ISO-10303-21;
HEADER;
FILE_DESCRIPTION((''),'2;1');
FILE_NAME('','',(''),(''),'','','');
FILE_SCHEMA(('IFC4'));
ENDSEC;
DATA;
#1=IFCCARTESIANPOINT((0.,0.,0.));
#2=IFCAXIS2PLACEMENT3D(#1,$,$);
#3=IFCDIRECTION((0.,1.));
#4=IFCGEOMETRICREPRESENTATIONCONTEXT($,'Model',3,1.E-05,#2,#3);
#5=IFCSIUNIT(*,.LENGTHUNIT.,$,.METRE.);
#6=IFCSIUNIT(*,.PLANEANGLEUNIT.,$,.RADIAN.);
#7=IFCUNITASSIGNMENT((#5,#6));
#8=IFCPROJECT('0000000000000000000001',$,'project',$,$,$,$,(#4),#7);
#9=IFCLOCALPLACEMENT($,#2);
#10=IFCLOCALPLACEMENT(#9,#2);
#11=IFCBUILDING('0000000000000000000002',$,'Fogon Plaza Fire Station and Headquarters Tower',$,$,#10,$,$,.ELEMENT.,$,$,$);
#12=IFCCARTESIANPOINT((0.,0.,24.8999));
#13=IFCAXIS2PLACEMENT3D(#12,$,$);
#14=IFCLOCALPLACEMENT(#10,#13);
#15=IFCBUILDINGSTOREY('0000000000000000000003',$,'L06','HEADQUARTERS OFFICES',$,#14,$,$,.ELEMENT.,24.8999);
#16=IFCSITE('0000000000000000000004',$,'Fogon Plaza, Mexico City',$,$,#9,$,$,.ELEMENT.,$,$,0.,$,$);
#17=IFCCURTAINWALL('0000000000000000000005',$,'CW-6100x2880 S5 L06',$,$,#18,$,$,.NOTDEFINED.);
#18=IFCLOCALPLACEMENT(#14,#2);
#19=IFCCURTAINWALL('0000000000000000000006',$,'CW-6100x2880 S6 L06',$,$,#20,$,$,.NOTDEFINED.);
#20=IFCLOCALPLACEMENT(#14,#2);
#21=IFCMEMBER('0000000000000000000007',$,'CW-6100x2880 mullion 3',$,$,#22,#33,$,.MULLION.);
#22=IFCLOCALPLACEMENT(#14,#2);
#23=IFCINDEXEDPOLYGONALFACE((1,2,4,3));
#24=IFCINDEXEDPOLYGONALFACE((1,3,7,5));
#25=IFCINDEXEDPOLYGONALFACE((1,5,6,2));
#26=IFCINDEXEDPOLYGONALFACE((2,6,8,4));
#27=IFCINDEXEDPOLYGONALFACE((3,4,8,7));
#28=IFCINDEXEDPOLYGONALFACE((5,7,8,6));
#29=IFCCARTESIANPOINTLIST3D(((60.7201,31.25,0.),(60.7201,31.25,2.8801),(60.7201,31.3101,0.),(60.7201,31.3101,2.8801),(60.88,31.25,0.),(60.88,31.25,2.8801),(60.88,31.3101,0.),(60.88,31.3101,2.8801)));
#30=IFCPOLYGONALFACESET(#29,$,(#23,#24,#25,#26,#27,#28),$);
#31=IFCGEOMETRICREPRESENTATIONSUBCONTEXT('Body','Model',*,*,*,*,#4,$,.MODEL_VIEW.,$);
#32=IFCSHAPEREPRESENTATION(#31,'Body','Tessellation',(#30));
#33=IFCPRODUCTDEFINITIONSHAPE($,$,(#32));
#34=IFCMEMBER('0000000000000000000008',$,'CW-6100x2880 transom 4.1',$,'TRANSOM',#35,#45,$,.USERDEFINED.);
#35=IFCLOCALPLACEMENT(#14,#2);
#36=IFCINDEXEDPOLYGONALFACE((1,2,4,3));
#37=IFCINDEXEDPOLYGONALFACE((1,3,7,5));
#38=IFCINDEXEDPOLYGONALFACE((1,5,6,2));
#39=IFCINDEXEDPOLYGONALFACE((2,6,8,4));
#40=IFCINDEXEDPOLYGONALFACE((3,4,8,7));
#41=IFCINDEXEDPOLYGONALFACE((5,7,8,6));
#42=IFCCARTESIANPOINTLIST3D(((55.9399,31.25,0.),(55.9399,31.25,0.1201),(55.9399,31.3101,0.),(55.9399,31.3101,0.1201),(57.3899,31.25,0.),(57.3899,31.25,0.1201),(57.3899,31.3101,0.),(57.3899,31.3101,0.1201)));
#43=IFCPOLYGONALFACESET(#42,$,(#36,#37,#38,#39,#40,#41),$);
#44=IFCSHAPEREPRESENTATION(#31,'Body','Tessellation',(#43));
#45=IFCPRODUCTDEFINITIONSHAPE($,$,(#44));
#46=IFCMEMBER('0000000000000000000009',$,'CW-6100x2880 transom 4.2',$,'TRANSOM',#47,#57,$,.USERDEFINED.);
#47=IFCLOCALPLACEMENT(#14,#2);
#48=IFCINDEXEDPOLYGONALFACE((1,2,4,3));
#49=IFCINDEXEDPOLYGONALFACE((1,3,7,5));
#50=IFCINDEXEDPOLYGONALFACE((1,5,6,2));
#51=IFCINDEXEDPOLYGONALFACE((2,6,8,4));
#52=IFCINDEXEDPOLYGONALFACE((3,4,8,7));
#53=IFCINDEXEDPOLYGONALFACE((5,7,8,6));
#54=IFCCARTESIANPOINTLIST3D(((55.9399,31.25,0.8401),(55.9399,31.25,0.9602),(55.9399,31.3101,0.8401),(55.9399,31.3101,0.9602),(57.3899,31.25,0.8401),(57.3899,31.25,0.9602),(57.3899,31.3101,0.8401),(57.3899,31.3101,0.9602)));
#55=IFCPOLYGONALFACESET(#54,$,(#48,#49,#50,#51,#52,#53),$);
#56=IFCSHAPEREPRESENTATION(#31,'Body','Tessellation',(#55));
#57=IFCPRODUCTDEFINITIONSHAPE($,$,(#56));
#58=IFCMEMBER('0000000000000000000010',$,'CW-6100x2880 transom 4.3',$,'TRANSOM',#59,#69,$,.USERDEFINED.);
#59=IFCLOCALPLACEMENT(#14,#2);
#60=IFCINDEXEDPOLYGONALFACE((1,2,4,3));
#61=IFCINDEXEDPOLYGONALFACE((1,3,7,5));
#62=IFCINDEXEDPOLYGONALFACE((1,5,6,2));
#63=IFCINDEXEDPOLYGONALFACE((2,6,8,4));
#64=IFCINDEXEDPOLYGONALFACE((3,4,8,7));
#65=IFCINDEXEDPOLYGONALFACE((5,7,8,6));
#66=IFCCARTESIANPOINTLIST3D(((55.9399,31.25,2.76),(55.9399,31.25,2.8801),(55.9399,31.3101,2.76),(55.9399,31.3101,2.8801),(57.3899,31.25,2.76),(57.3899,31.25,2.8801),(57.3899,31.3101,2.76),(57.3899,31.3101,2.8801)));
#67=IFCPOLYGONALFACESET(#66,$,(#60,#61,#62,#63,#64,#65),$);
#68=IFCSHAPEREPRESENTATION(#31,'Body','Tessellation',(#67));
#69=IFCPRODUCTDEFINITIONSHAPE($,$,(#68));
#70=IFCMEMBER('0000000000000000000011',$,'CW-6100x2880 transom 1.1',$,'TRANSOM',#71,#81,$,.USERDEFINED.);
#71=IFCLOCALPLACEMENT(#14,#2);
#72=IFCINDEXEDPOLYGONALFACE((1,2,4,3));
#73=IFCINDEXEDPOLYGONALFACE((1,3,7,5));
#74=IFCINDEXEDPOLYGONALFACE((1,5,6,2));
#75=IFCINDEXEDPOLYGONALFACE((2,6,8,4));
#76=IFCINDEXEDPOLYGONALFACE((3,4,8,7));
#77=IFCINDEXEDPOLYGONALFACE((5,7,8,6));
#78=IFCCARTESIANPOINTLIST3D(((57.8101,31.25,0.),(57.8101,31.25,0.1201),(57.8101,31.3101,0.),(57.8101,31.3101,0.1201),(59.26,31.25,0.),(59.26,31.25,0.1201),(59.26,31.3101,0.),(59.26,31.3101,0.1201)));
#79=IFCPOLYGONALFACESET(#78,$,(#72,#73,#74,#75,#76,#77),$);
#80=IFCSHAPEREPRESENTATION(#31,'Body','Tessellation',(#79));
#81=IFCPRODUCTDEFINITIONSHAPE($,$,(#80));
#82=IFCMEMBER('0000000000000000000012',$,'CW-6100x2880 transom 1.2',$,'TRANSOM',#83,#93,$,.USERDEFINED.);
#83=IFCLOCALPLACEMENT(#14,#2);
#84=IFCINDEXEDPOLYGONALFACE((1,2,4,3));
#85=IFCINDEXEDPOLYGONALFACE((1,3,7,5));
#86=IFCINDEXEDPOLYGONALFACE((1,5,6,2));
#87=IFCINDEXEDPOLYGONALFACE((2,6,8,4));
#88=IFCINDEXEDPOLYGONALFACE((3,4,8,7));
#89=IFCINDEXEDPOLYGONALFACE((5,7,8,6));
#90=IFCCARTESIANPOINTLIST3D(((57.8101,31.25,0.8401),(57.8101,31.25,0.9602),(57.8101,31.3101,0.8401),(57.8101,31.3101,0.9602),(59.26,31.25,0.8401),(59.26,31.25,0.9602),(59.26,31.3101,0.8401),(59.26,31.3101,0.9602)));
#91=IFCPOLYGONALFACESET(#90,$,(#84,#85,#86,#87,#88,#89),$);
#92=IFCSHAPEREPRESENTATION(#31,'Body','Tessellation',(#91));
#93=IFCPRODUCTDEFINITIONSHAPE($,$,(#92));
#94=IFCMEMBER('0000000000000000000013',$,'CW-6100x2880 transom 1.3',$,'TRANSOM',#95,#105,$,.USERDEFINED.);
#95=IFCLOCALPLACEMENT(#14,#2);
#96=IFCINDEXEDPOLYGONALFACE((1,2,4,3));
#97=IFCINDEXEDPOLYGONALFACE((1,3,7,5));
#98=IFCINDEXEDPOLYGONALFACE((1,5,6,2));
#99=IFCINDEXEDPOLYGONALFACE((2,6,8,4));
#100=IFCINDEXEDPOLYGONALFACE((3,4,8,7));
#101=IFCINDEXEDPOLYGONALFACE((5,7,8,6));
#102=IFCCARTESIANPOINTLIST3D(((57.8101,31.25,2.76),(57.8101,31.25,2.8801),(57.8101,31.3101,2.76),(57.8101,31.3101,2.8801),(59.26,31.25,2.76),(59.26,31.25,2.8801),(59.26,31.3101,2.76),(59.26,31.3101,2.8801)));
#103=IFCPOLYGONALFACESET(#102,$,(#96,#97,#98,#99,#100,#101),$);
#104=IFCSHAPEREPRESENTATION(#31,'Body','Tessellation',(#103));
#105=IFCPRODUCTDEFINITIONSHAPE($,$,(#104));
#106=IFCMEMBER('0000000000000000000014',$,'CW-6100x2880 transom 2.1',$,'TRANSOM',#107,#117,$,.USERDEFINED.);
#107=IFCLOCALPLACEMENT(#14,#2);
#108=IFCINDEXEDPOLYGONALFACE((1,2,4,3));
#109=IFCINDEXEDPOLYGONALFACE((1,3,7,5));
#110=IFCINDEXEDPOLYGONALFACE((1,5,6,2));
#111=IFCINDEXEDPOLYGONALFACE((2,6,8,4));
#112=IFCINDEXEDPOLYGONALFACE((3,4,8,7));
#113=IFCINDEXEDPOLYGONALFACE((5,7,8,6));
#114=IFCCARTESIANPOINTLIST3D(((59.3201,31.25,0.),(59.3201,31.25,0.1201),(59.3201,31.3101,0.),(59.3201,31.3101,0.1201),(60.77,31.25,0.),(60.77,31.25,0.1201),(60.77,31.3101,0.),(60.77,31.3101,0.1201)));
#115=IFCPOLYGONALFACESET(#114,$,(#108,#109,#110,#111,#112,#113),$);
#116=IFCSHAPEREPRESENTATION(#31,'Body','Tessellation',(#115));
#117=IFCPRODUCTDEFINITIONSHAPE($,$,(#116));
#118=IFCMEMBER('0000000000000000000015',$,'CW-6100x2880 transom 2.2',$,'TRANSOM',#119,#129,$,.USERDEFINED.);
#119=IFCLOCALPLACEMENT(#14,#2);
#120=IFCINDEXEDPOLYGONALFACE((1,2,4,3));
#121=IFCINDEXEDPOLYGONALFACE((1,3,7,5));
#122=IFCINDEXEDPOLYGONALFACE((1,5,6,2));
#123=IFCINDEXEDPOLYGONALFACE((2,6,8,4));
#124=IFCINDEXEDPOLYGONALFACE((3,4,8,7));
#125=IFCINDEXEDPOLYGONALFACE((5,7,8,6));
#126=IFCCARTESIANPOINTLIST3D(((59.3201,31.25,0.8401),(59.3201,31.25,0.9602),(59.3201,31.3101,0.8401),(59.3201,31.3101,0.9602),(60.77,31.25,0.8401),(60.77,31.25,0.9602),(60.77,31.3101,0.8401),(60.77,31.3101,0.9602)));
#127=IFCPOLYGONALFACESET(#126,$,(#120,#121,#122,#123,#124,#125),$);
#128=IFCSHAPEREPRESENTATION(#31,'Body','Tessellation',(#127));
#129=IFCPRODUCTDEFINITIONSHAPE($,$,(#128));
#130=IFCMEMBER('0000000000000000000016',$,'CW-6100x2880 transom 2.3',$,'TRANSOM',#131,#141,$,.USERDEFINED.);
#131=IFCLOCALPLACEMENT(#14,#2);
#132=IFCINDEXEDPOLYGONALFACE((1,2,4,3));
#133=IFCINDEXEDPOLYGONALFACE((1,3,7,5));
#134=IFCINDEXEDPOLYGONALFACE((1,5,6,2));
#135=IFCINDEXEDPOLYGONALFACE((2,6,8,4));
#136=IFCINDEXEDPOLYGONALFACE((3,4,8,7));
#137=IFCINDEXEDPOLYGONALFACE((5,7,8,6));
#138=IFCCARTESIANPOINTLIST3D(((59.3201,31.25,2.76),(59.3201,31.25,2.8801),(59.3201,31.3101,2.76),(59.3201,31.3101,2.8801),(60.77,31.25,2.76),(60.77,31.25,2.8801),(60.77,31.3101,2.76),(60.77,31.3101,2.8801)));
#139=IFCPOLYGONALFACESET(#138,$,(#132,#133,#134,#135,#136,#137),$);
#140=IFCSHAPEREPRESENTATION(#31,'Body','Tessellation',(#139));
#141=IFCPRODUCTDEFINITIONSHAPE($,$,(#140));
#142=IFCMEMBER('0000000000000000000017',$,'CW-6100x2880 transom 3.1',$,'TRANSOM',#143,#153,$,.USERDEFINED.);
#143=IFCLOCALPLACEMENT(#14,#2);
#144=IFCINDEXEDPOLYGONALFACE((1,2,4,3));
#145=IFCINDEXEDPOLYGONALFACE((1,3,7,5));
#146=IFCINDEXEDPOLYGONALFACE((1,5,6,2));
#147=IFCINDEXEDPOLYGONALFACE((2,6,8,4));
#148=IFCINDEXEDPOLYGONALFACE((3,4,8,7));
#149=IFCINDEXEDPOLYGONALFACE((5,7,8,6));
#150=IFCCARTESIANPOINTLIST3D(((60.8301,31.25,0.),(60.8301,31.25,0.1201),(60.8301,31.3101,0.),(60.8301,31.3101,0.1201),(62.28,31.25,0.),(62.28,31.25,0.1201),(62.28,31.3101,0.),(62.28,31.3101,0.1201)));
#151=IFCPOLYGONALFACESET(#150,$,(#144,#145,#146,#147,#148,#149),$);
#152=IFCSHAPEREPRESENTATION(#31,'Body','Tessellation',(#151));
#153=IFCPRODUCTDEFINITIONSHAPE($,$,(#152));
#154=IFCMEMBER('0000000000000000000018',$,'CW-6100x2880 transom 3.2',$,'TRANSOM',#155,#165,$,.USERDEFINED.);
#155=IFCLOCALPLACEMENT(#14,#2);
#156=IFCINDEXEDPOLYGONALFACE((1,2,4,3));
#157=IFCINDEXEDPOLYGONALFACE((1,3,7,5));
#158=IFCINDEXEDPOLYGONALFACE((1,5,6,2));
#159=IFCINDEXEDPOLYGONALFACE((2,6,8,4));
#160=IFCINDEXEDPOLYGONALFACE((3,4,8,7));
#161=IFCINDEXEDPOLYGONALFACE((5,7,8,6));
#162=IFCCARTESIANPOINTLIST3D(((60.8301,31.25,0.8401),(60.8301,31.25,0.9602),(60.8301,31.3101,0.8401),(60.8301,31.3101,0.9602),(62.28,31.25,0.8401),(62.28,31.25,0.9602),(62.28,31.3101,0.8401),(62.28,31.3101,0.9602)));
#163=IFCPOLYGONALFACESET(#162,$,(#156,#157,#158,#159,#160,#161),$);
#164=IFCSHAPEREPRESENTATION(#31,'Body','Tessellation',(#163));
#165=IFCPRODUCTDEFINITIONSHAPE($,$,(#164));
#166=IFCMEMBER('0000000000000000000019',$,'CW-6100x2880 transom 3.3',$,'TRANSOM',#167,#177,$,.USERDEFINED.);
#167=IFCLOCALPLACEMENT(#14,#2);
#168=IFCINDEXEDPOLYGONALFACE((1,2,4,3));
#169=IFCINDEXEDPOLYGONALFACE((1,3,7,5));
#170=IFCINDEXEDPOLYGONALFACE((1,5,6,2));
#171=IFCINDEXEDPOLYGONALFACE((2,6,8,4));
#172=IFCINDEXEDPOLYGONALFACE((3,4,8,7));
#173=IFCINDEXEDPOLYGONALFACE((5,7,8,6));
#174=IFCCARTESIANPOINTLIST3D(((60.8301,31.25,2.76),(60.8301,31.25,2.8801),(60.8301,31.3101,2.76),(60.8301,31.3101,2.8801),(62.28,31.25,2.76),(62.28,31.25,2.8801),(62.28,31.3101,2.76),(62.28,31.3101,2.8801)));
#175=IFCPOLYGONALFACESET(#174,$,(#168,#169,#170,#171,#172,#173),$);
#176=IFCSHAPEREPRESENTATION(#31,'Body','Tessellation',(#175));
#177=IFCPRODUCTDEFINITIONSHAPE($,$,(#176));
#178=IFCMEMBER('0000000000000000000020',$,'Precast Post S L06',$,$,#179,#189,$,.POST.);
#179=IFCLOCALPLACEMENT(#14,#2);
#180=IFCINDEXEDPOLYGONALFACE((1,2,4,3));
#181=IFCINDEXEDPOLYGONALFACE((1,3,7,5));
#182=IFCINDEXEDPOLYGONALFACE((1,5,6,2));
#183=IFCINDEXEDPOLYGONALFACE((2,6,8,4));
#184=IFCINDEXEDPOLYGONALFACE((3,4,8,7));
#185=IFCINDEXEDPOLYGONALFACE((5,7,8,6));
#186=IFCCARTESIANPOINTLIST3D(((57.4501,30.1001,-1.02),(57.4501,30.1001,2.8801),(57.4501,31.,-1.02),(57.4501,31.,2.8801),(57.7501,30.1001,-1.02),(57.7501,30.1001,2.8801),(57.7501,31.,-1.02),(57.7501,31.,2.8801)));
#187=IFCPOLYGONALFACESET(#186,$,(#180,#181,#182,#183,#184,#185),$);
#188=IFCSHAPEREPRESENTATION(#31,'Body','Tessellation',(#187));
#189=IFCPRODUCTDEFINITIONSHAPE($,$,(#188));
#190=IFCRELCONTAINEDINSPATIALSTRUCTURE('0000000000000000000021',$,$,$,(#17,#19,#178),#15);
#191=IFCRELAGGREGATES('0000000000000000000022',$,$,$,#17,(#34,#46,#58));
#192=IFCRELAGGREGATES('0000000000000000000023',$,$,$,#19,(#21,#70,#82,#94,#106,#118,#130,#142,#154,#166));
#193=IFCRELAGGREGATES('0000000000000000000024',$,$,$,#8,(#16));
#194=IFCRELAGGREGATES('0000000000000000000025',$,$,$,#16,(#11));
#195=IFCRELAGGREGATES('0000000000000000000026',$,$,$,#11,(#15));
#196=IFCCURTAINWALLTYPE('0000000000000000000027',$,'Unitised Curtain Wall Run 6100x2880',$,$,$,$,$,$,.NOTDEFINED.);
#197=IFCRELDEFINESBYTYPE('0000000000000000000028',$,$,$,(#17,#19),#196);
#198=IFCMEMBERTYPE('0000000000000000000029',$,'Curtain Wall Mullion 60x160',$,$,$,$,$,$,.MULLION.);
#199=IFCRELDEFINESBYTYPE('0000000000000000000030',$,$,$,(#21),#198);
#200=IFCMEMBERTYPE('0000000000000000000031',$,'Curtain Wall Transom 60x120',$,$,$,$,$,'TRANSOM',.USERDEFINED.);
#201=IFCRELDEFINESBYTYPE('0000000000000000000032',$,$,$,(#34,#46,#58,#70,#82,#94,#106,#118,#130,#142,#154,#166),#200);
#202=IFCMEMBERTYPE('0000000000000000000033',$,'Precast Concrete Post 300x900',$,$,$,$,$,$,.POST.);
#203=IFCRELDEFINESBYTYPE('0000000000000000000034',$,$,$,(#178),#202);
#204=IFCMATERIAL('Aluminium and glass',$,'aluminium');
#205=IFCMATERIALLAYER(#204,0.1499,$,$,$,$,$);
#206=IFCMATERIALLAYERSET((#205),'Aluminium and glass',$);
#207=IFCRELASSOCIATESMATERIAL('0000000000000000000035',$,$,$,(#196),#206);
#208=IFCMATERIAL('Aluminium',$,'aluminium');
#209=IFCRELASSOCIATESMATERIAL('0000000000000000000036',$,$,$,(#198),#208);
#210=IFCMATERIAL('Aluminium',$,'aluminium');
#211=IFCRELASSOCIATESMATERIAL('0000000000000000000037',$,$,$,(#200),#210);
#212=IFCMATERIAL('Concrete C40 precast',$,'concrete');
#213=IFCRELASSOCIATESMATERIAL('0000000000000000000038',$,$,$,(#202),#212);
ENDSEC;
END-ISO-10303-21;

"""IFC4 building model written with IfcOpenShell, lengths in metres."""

from ifc_helpers import new_model, si_unit, direction, frame, origin, origin_2d, place, context, subcontext, project, spatial, rectangle, extrude, material, layer, layer_set, material_profile, profile_set, type_object, element, aggregate, save


model = new_model("IFC4")

# Units and contexts
model_context = context("Model", 3, precision=1e-05, world=origin(), true_north=direction((0.0, 1.0)))
body_context = subcontext(model_context, "Body", "Model", "MODEL_VIEW")
ifc_project = project(units=[si_unit("LENGTHUNIT", "METRE"), si_unit("PLANEANGLEUNIT", "RADIAN")], contexts=[model_context])

# Site, building, storey
site_placement = place(None, origin())
site = spatial("IfcSite", under=ifc_project, at=site_placement, Name="Fogon Plaza, Mexico City", CompositionType="ELEMENT", RefElevation=0.0)
building_placement = place(site_placement, origin())
building = spatial("IfcBuilding", under=site, at=building_placement, Name="Fogon Plaza Fire Station and Headquarters Tower", CompositionType="ELEMENT")
storey_placement = place(building_placement, frame((0.0, 0.0, 24.8999)))
storey = spatial("IfcBuildingStorey", under=building, at=storey_placement, Name="L06", Description="HEADQUARTERS OFFICES", CompositionType="ELEMENT", Elevation=24.8999)

# Curtain walls, member
ifc_material_1 = material(Name="Aluminium and glass", Category="aluminium")
ifc_layer_1 = layer(ifc_material_1, 0.1499)
ifc_layer_set_1 = layer_set([ifc_layer_1], Name="Aluminium and glass")
curtain_wall_type = type_object("IfcCurtainWallType", Name="Unitised Curtain Wall Run 6100x2880", PredefinedType="NOTDEFINED", material=ifc_layer_set_1)
curtain_wall_1_placement = place(storey_placement, origin())
curtain_wall_1 = element("IfcCurtainWall", 1, at=curtain_wall_1_placement, inside=storey, type_object=curtain_wall_type, Name="CW-6100x2880 S5 L06", PredefinedType="NOTDEFINED")
ifc_material_2 = material(Name="Aluminium", Category="aluminium")
ifc_material_profile_1 = material_profile(ifc_material_2, rectangle(XDim=0.0601, YDim=0.1599, at=origin_2d()), Name="Curtain Wall Mullion 60x160")
ifc_profile_set_1 = profile_set([ifc_material_profile_1], Name="Aluminium")
member_type_1 = type_object("IfcMemberType", Name="Curtain Wall Mullion 60x160", PredefinedType="MULLION", material=ifc_profile_set_1)
curtain_wall_2_placement = place(storey_placement, origin())
curtain_wall_2 = element("IfcCurtainWall", 2, at=curtain_wall_2_placement, inside=storey, type_object=curtain_wall_type, Name="CW-6100x2880 S6 L06", PredefinedType="NOTDEFINED")
member_1_placement = place(storey_placement, frame((60.8, 31.28, 0.0), z_axis=(0.0, 0.0, 1.0), x_axis=(0.0, 1.0, 0.0)))
member_1 = element("IfcMember", 3, at=member_1_placement, type_object=member_type_1, Name="CW-6100x2880 mullion 3", PredefinedType="MULLION", context=body_context, shape_type="SweptSolid", body=[
    extrude(rectangle(XDim=0.0601, YDim=0.1599, at=origin_2d()), origin(), (0.0, 0.0, 1.0), 2.8801),
])

# Members
ifc_material_3 = material(Name="Aluminium", Category="aluminium")
ifc_material_profile_2 = material_profile(ifc_material_3, rectangle(XDim=0.0601, YDim=0.1201, at=origin_2d()), Name="Curtain Wall Transom 60x120")
ifc_profile_set_2 = profile_set([ifc_material_profile_2], Name="Aluminium")
member_type_2 = type_object("IfcMemberType", Name="Curtain Wall Transom 60x120", ElementType="TRANSOM", PredefinedType="USERDEFINED", material=ifc_profile_set_2)
member_2_placement = place(storey_placement, frame((55.9399, 31.28, 0.0601), z_axis=(1.0, 0.0, 0.0), x_axis=(0.0, 1.0, 0.0)))
member_2 = element("IfcMember", 4, at=member_2_placement, type_object=member_type_2, Name="CW-6100x2880 transom 4.1", ObjectType="TRANSOM", PredefinedType="USERDEFINED", context=body_context, shape_type="SweptSolid", body=[
    extrude(rectangle(XDim=0.0601, YDim=0.1201, at=origin_2d()), origin(), (0.0, 0.0, 1.0), 1.45),
])
member_3_placement = place(storey_placement, frame((55.9399, 31.28, 0.9001), z_axis=(1.0, 0.0, 0.0), x_axis=(0.0, 1.0, 0.0)))
member_3 = element("IfcMember", 5, at=member_3_placement, type_object=member_type_2, Name="CW-6100x2880 transom 4.2", ObjectType="TRANSOM", PredefinedType="USERDEFINED", context=body_context, shape_type="SweptSolid", body=[
    extrude(rectangle(XDim=0.0601, YDim=0.1201, at=origin_2d()), origin(), (0.0, 0.0, 1.0), 1.45),
])
member_4_placement = place(storey_placement, frame((55.9399, 31.28, 2.8201), z_axis=(1.0, 0.0, 0.0), x_axis=(0.0, 1.0, 0.0)))
member_4 = element("IfcMember", 6, at=member_4_placement, type_object=member_type_2, Name="CW-6100x2880 transom 4.3", ObjectType="TRANSOM", PredefinedType="USERDEFINED", context=body_context, shape_type="SweptSolid", body=[
    extrude(rectangle(XDim=0.0601, YDim=0.1201, at=origin_2d()), origin(), (0.0, 0.0, 1.0), 1.45),
])
member_5_placement = place(storey_placement, frame((57.8101, 31.28, 0.0601), z_axis=(1.0, 0.0, 0.0), x_axis=(0.0, 1.0, 0.0)))
member_5 = element("IfcMember", 7, at=member_5_placement, type_object=member_type_2, Name="CW-6100x2880 transom 1.1", ObjectType="TRANSOM", PredefinedType="USERDEFINED", context=body_context, shape_type="SweptSolid", body=[
    extrude(rectangle(XDim=0.0601, YDim=0.1201, at=origin_2d()), origin(), (0.0, 0.0, 1.0), 1.45),
])
member_6_placement = place(storey_placement, frame((57.8101, 31.28, 0.9001), z_axis=(1.0, 0.0, 0.0), x_axis=(0.0, 1.0, 0.0)))
member_6 = element("IfcMember", 8, at=member_6_placement, type_object=member_type_2, Name="CW-6100x2880 transom 1.2", ObjectType="TRANSOM", PredefinedType="USERDEFINED", context=body_context, shape_type="SweptSolid", body=[
    extrude(rectangle(XDim=0.0601, YDim=0.1201, at=origin_2d()), origin(), (0.0, 0.0, 1.0), 1.45),
])
member_7_placement = place(storey_placement, frame((57.8101, 31.28, 2.8201), z_axis=(1.0, 0.0, 0.0), x_axis=(0.0, 1.0, 0.0)))
member_7 = element("IfcMember", 9, at=member_7_placement, type_object=member_type_2, Name="CW-6100x2880 transom 1.3", ObjectType="TRANSOM", PredefinedType="USERDEFINED", context=body_context, shape_type="SweptSolid", body=[
    extrude(rectangle(XDim=0.0601, YDim=0.1201, at=origin_2d()), origin(), (0.0, 0.0, 1.0), 1.45),
])
member_8_placement = place(storey_placement, frame((59.3201, 31.28, 0.0601), z_axis=(1.0, 0.0, 0.0), x_axis=(0.0, 1.0, 0.0)))
member_8 = element("IfcMember", 10, at=member_8_placement, type_object=member_type_2, Name="CW-6100x2880 transom 2.1", ObjectType="TRANSOM", PredefinedType="USERDEFINED", context=body_context, shape_type="SweptSolid", body=[
    extrude(rectangle(XDim=0.0601, YDim=0.1201, at=origin_2d()), origin(), (0.0, 0.0, 1.0), 1.45),
])
member_9_placement = place(storey_placement, frame((59.3201, 31.28, 0.9001), z_axis=(1.0, 0.0, 0.0), x_axis=(0.0, 1.0, 0.0)))
member_9 = element("IfcMember", 11, at=member_9_placement, type_object=member_type_2, Name="CW-6100x2880 transom 2.2", ObjectType="TRANSOM", PredefinedType="USERDEFINED", context=body_context, shape_type="SweptSolid", body=[
    extrude(rectangle(XDim=0.0601, YDim=0.1201, at=origin_2d()), origin(), (0.0, 0.0, 1.0), 1.45),
])
member_10_placement = place(storey_placement, frame((59.3201, 31.28, 2.8201), z_axis=(1.0, 0.0, 0.0), x_axis=(0.0, 1.0, 0.0)))
member_10 = element("IfcMember", 12, at=member_10_placement, type_object=member_type_2, Name="CW-6100x2880 transom 2.3", ObjectType="TRANSOM", PredefinedType="USERDEFINED", context=body_context, shape_type="SweptSolid", body=[
    extrude(rectangle(XDim=0.0601, YDim=0.1201, at=origin_2d()), origin(), (0.0, 0.0, 1.0), 1.45),
])
member_11_placement = place(storey_placement, frame((60.8301, 31.28, 0.0601), z_axis=(1.0, 0.0, 0.0), x_axis=(0.0, 1.0, 0.0)))
member_11 = element("IfcMember", 13, at=member_11_placement, type_object=member_type_2, Name="CW-6100x2880 transom 3.1", ObjectType="TRANSOM", PredefinedType="USERDEFINED", context=body_context, shape_type="SweptSolid", body=[
    extrude(rectangle(XDim=0.0601, YDim=0.1201, at=origin_2d()), origin(), (0.0, 0.0, 1.0), 1.45),
])
member_12_placement = place(storey_placement, frame((60.8301, 31.28, 0.9001), z_axis=(1.0, 0.0, 0.0), x_axis=(0.0, 1.0, 0.0)))
member_12 = element("IfcMember", 14, at=member_12_placement, type_object=member_type_2, Name="CW-6100x2880 transom 3.2", ObjectType="TRANSOM", PredefinedType="USERDEFINED", context=body_context, shape_type="SweptSolid", body=[
    extrude(rectangle(XDim=0.0601, YDim=0.1201, at=origin_2d()), origin(), (0.0, 0.0, 1.0), 1.45),
])
member_13_placement = place(storey_placement, frame((60.8301, 31.28, 2.8201), z_axis=(1.0, 0.0, 0.0), x_axis=(0.0, 1.0, 0.0)))
member_13 = element("IfcMember", 15, at=member_13_placement, type_object=member_type_2, Name="CW-6100x2880 transom 3.3", ObjectType="TRANSOM", PredefinedType="USERDEFINED", context=body_context, shape_type="SweptSolid", body=[
    extrude(rectangle(XDim=0.0601, YDim=0.1201, at=origin_2d()), origin(), (0.0, 0.0, 1.0), 1.45),
])

# Member
ifc_material_4 = material(Name="Concrete C40 precast", Category="concrete")
ifc_material_profile_3 = material_profile(ifc_material_4, rectangle(XDim=0.3, YDim=0.8999, at=origin_2d()), Name="Precast Concrete Post 300x900")
ifc_profile_set_3 = profile_set([ifc_material_profile_3], Name="Concrete C40 precast")
member_type_3 = type_object("IfcMemberType", Name="Precast Concrete Post 300x900", PredefinedType="POST", material=ifc_profile_set_3)
for number, where, z_axis, x_axis, name in (
    (16, (57.6001, 30.55, -1.02), (0.0, 0.0, 1.0), (1.0, 0.0, 0.0), "Precast Post S L06"),
):
    element("IfcMember", number, at=place(storey_placement, frame(where, z_axis=z_axis, x_axis=x_axis)), inside=storey, type_object=member_type_3, Name=name, PredefinedType="POST", context=body_context, shape_type="SweptSolid", body=[
        extrude(rectangle(XDim=0.3, YDim=0.8999, at=origin_2d()), origin(), (0.0, 0.0, 1.0), 3.9001),
    ])

aggregate(curtain_wall_1, [member_2, member_3, member_4])
aggregate(curtain_wall_2, [member_1, member_5, member_6, member_7, member_8, member_9, member_10, member_11, member_12, member_13])

save(model, "model.ifc")
